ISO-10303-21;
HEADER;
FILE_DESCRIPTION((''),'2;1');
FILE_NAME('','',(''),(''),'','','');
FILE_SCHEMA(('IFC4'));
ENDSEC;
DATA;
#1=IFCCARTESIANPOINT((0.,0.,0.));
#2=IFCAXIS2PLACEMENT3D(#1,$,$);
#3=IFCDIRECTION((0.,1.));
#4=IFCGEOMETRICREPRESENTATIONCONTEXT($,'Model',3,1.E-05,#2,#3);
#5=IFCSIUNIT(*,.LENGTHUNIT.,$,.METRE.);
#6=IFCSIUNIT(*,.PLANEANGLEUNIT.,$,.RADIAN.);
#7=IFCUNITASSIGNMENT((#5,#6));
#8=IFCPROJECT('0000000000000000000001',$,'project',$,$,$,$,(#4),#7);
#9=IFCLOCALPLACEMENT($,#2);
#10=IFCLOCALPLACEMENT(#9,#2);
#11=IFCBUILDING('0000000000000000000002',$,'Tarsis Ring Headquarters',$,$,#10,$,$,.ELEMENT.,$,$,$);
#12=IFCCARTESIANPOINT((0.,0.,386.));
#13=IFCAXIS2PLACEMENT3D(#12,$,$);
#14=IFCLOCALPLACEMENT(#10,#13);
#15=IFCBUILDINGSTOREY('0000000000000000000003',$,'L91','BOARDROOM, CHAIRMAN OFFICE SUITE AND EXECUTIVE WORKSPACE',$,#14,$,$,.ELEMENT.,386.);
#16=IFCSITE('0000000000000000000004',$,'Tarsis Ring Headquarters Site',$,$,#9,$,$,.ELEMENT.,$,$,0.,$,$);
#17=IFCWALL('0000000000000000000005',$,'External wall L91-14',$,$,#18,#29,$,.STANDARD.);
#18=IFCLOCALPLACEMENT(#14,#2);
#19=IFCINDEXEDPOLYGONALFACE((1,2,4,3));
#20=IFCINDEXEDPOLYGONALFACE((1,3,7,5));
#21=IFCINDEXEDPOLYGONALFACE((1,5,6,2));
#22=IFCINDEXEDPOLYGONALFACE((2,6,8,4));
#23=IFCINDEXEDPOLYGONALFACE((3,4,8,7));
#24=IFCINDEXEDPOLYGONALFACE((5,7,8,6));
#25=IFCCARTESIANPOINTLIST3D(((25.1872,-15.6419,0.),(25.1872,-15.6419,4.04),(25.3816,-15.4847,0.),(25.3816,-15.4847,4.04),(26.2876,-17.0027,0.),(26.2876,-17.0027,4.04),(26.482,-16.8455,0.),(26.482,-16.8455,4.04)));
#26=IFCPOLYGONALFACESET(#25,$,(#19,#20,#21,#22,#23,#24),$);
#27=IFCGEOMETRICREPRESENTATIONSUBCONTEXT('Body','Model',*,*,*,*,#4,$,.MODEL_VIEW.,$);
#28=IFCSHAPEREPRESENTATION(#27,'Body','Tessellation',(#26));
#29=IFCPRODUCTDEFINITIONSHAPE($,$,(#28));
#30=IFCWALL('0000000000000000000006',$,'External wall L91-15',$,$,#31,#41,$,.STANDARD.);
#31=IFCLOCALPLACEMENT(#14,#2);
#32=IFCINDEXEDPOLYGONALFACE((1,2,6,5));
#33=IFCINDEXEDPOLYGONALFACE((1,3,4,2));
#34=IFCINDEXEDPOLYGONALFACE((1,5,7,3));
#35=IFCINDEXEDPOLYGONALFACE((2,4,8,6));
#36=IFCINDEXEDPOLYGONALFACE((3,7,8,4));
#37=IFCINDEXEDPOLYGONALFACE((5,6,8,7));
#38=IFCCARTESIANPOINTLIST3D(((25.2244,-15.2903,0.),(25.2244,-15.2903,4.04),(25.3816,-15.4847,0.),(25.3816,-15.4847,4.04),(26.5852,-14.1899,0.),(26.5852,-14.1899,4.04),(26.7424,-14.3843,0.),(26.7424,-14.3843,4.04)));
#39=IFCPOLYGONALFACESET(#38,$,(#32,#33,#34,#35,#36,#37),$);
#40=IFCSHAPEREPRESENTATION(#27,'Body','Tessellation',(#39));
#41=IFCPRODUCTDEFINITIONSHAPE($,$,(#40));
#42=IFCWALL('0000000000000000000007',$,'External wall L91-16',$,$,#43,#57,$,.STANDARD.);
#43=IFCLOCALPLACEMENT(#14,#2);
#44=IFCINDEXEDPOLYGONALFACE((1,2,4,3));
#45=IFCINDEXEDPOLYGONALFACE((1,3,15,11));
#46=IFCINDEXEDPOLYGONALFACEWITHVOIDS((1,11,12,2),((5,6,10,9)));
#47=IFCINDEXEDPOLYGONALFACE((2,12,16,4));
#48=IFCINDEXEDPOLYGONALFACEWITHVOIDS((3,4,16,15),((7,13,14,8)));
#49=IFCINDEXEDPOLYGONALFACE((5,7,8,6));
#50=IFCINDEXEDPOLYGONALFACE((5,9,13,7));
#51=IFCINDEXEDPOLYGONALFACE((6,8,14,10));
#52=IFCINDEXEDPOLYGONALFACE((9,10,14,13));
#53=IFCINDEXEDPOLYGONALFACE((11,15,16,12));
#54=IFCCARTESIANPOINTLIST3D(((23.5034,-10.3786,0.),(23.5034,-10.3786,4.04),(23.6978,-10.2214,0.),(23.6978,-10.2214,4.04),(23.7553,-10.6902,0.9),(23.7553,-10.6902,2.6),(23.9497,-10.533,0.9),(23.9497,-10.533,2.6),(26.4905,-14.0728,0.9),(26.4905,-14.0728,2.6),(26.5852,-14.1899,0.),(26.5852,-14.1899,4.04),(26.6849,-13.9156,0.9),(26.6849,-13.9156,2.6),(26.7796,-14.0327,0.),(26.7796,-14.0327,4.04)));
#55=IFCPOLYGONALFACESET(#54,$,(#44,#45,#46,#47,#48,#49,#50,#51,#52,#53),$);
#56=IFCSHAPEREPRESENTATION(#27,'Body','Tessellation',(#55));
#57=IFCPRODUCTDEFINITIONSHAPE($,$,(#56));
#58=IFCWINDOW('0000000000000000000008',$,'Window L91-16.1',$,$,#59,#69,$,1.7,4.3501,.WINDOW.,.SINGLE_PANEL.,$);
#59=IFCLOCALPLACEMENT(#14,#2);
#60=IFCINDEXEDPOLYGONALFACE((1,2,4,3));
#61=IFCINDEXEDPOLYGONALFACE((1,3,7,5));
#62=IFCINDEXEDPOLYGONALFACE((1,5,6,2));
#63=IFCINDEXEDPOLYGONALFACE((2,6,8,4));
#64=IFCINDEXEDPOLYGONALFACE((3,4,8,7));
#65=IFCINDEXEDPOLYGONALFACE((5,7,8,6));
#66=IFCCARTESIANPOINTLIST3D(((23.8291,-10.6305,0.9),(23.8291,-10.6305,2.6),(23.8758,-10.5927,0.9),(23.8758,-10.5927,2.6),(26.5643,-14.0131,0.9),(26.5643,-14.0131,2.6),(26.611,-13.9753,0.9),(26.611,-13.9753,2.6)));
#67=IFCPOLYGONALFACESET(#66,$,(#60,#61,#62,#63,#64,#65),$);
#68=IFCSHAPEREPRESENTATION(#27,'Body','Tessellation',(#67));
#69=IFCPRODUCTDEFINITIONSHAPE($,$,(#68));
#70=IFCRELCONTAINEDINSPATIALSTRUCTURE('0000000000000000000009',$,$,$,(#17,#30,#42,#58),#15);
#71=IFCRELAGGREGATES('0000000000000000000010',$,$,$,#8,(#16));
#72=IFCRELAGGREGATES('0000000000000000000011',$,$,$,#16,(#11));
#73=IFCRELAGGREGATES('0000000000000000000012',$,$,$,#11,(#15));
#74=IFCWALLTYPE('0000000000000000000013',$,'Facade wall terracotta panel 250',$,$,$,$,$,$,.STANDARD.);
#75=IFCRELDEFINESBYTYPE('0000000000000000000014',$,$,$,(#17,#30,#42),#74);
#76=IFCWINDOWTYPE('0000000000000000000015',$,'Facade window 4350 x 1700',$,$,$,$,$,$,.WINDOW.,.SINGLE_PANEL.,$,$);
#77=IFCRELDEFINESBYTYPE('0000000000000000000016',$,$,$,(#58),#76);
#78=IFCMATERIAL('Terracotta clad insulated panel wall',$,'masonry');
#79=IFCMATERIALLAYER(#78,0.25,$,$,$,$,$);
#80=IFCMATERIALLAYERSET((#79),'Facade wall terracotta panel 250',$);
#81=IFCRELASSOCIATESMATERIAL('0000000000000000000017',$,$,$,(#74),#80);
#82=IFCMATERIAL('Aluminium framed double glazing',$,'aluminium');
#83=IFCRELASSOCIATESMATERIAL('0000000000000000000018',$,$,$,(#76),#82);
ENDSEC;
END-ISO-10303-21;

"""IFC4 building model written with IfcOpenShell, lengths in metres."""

from ifc_helpers import new_model, si_unit, direction, frame, frame_2d, origin, place, context, subcontext, project, spatial, rectangle, extrude, material, layer, layer_set, type_object, element, fill, save


model = new_model("IFC4")

# Units and contexts
model_context = context("Model", 3, precision=1e-05, world=origin(), true_north=direction((0.0, 1.0)))
body_context = subcontext(model_context, "Body", "Model", "MODEL_VIEW")
ifc_project = project(units=[si_unit("LENGTHUNIT", "METRE"), si_unit("PLANEANGLEUNIT", "RADIAN")], contexts=[model_context])

# Site, building, storey
site_placement = place(None, origin())
site = spatial("IfcSite", under=ifc_project, at=site_placement, Name="Tarsis Ring Headquarters Site", CompositionType="ELEMENT", RefElevation=0.0)
building_placement = place(site_placement, origin())
building = spatial("IfcBuilding", under=site, at=building_placement, Name="Tarsis Ring Headquarters", CompositionType="ELEMENT")
storey_placement = place(building_placement, frame((0.0, 0.0, 386.0)))
storey = spatial("IfcBuildingStorey", under=building, at=storey_placement, Name="L91", Description="BOARDROOM, CHAIRMAN OFFICE SUITE AND EXECUTIVE WORKSPACE", CompositionType="ELEMENT", Elevation=386.0)

# Walls
ifc_material_1 = material(Name="Terracotta clad insulated panel wall", Category="masonry")
ifc_layer_1 = layer(ifc_material_1, 0.25)
ifc_layer_set_1 = layer_set([ifc_layer_1], Name="Facade wall terracotta panel 250")
wall_type = type_object("IfcWallType", Name="Facade wall terracotta panel 250", PredefinedType="STANDARD", material=ifc_layer_set_1)
for number, where, z_axis, x_axis, name in (
    (1, (26.3848, -16.9241, 0.0), (0.0, 0.0, 1.0), (-0.628753, 0.777605, 0.0), "External wall L91-14"),
    (2, (25.303, -15.3875, 0.0), (0.0, 0.0, 1.0), (0.777605, 0.628753, 0.0), "External wall L91-15"),
):
    element("IfcWall", number, at=place(storey_placement, frame(where, z_axis=z_axis, x_axis=x_axis)), inside=storey, type_object=wall_type, Name=name, PredefinedType="STANDARD", context=body_context, shape_type="SweptSolid", body=[
        extrude(rectangle(XDim=1.75, YDim=0.25, at=frame_2d((0.875, 0.0))), origin(), (0.0, 0.0, 1.0), 4.04),
    ])

# Wall, opening, window
wall_placement = place(storey_placement, frame((26.6824, -14.1113, 0.0), z_axis=(0.0, 0.0, 1.0), x_axis=(-0.628763, 0.777597, 0.0)))
wall = element("IfcWall", 3, at=wall_placement, inside=storey, type_object=wall_type, Name="External wall L91-16", PredefinedType="STANDARD", context=body_context, shape_type="SweptSolid", body=[
    extrude(rectangle(XDim=4.9014, YDim=0.25, at=frame_2d((2.4507, 0.0))), origin(), (0.0, 0.0, 1.0), 4.04),
])
opening_placement = place(wall_placement, frame((0.1506, 0.0, 0.8999)))
opening = element("IfcOpeningElement", 4, at=opening_placement, cuts=wall, PredefinedType="OPENING", context=body_context, shape_type="SweptSolid", body=[
    extrude(rectangle(XDim=4.3501, YDim=1.7, at=frame_2d((2.175, 0.8501))), frame((0.0, 0.135, 0.0), z_axis=(0.0, -1.0, 0.0), x_axis=(1.0, 0.0, 0.0)), (0.0, 0.0, 1.0), 0.27),
])
ifc_material_2 = material(Name="Aluminium framed double glazing", Category="aluminium")
window_type = type_object("IfcWindowType", Name="Facade window 4350 x 1700", PartitioningType="SINGLE_PANEL", PredefinedType="WINDOW", material=ifc_material_2)
window_placement = place(opening_placement, origin())
window = element("IfcWindow", 5, at=window_placement, inside=storey, type_object=window_type, Name="Window L91-16.1", OverallHeight=1.7, OverallWidth=4.3501, PartitioningType="SINGLE_PANEL", PredefinedType="WINDOW", context=body_context, shape_type="SweptSolid", body=[
    extrude(rectangle(XDim=4.3501, YDim=1.7, at=frame_2d((2.175, 0.8501))), frame((0.0, 0.03, 0.0), z_axis=(0.0, -1.0, 0.0), x_axis=(1.0, 0.0, 0.0)), (0.0, 0.0, 1.0), 0.0601),
])
fill(opening, window)

save(model, "model.ifc")
